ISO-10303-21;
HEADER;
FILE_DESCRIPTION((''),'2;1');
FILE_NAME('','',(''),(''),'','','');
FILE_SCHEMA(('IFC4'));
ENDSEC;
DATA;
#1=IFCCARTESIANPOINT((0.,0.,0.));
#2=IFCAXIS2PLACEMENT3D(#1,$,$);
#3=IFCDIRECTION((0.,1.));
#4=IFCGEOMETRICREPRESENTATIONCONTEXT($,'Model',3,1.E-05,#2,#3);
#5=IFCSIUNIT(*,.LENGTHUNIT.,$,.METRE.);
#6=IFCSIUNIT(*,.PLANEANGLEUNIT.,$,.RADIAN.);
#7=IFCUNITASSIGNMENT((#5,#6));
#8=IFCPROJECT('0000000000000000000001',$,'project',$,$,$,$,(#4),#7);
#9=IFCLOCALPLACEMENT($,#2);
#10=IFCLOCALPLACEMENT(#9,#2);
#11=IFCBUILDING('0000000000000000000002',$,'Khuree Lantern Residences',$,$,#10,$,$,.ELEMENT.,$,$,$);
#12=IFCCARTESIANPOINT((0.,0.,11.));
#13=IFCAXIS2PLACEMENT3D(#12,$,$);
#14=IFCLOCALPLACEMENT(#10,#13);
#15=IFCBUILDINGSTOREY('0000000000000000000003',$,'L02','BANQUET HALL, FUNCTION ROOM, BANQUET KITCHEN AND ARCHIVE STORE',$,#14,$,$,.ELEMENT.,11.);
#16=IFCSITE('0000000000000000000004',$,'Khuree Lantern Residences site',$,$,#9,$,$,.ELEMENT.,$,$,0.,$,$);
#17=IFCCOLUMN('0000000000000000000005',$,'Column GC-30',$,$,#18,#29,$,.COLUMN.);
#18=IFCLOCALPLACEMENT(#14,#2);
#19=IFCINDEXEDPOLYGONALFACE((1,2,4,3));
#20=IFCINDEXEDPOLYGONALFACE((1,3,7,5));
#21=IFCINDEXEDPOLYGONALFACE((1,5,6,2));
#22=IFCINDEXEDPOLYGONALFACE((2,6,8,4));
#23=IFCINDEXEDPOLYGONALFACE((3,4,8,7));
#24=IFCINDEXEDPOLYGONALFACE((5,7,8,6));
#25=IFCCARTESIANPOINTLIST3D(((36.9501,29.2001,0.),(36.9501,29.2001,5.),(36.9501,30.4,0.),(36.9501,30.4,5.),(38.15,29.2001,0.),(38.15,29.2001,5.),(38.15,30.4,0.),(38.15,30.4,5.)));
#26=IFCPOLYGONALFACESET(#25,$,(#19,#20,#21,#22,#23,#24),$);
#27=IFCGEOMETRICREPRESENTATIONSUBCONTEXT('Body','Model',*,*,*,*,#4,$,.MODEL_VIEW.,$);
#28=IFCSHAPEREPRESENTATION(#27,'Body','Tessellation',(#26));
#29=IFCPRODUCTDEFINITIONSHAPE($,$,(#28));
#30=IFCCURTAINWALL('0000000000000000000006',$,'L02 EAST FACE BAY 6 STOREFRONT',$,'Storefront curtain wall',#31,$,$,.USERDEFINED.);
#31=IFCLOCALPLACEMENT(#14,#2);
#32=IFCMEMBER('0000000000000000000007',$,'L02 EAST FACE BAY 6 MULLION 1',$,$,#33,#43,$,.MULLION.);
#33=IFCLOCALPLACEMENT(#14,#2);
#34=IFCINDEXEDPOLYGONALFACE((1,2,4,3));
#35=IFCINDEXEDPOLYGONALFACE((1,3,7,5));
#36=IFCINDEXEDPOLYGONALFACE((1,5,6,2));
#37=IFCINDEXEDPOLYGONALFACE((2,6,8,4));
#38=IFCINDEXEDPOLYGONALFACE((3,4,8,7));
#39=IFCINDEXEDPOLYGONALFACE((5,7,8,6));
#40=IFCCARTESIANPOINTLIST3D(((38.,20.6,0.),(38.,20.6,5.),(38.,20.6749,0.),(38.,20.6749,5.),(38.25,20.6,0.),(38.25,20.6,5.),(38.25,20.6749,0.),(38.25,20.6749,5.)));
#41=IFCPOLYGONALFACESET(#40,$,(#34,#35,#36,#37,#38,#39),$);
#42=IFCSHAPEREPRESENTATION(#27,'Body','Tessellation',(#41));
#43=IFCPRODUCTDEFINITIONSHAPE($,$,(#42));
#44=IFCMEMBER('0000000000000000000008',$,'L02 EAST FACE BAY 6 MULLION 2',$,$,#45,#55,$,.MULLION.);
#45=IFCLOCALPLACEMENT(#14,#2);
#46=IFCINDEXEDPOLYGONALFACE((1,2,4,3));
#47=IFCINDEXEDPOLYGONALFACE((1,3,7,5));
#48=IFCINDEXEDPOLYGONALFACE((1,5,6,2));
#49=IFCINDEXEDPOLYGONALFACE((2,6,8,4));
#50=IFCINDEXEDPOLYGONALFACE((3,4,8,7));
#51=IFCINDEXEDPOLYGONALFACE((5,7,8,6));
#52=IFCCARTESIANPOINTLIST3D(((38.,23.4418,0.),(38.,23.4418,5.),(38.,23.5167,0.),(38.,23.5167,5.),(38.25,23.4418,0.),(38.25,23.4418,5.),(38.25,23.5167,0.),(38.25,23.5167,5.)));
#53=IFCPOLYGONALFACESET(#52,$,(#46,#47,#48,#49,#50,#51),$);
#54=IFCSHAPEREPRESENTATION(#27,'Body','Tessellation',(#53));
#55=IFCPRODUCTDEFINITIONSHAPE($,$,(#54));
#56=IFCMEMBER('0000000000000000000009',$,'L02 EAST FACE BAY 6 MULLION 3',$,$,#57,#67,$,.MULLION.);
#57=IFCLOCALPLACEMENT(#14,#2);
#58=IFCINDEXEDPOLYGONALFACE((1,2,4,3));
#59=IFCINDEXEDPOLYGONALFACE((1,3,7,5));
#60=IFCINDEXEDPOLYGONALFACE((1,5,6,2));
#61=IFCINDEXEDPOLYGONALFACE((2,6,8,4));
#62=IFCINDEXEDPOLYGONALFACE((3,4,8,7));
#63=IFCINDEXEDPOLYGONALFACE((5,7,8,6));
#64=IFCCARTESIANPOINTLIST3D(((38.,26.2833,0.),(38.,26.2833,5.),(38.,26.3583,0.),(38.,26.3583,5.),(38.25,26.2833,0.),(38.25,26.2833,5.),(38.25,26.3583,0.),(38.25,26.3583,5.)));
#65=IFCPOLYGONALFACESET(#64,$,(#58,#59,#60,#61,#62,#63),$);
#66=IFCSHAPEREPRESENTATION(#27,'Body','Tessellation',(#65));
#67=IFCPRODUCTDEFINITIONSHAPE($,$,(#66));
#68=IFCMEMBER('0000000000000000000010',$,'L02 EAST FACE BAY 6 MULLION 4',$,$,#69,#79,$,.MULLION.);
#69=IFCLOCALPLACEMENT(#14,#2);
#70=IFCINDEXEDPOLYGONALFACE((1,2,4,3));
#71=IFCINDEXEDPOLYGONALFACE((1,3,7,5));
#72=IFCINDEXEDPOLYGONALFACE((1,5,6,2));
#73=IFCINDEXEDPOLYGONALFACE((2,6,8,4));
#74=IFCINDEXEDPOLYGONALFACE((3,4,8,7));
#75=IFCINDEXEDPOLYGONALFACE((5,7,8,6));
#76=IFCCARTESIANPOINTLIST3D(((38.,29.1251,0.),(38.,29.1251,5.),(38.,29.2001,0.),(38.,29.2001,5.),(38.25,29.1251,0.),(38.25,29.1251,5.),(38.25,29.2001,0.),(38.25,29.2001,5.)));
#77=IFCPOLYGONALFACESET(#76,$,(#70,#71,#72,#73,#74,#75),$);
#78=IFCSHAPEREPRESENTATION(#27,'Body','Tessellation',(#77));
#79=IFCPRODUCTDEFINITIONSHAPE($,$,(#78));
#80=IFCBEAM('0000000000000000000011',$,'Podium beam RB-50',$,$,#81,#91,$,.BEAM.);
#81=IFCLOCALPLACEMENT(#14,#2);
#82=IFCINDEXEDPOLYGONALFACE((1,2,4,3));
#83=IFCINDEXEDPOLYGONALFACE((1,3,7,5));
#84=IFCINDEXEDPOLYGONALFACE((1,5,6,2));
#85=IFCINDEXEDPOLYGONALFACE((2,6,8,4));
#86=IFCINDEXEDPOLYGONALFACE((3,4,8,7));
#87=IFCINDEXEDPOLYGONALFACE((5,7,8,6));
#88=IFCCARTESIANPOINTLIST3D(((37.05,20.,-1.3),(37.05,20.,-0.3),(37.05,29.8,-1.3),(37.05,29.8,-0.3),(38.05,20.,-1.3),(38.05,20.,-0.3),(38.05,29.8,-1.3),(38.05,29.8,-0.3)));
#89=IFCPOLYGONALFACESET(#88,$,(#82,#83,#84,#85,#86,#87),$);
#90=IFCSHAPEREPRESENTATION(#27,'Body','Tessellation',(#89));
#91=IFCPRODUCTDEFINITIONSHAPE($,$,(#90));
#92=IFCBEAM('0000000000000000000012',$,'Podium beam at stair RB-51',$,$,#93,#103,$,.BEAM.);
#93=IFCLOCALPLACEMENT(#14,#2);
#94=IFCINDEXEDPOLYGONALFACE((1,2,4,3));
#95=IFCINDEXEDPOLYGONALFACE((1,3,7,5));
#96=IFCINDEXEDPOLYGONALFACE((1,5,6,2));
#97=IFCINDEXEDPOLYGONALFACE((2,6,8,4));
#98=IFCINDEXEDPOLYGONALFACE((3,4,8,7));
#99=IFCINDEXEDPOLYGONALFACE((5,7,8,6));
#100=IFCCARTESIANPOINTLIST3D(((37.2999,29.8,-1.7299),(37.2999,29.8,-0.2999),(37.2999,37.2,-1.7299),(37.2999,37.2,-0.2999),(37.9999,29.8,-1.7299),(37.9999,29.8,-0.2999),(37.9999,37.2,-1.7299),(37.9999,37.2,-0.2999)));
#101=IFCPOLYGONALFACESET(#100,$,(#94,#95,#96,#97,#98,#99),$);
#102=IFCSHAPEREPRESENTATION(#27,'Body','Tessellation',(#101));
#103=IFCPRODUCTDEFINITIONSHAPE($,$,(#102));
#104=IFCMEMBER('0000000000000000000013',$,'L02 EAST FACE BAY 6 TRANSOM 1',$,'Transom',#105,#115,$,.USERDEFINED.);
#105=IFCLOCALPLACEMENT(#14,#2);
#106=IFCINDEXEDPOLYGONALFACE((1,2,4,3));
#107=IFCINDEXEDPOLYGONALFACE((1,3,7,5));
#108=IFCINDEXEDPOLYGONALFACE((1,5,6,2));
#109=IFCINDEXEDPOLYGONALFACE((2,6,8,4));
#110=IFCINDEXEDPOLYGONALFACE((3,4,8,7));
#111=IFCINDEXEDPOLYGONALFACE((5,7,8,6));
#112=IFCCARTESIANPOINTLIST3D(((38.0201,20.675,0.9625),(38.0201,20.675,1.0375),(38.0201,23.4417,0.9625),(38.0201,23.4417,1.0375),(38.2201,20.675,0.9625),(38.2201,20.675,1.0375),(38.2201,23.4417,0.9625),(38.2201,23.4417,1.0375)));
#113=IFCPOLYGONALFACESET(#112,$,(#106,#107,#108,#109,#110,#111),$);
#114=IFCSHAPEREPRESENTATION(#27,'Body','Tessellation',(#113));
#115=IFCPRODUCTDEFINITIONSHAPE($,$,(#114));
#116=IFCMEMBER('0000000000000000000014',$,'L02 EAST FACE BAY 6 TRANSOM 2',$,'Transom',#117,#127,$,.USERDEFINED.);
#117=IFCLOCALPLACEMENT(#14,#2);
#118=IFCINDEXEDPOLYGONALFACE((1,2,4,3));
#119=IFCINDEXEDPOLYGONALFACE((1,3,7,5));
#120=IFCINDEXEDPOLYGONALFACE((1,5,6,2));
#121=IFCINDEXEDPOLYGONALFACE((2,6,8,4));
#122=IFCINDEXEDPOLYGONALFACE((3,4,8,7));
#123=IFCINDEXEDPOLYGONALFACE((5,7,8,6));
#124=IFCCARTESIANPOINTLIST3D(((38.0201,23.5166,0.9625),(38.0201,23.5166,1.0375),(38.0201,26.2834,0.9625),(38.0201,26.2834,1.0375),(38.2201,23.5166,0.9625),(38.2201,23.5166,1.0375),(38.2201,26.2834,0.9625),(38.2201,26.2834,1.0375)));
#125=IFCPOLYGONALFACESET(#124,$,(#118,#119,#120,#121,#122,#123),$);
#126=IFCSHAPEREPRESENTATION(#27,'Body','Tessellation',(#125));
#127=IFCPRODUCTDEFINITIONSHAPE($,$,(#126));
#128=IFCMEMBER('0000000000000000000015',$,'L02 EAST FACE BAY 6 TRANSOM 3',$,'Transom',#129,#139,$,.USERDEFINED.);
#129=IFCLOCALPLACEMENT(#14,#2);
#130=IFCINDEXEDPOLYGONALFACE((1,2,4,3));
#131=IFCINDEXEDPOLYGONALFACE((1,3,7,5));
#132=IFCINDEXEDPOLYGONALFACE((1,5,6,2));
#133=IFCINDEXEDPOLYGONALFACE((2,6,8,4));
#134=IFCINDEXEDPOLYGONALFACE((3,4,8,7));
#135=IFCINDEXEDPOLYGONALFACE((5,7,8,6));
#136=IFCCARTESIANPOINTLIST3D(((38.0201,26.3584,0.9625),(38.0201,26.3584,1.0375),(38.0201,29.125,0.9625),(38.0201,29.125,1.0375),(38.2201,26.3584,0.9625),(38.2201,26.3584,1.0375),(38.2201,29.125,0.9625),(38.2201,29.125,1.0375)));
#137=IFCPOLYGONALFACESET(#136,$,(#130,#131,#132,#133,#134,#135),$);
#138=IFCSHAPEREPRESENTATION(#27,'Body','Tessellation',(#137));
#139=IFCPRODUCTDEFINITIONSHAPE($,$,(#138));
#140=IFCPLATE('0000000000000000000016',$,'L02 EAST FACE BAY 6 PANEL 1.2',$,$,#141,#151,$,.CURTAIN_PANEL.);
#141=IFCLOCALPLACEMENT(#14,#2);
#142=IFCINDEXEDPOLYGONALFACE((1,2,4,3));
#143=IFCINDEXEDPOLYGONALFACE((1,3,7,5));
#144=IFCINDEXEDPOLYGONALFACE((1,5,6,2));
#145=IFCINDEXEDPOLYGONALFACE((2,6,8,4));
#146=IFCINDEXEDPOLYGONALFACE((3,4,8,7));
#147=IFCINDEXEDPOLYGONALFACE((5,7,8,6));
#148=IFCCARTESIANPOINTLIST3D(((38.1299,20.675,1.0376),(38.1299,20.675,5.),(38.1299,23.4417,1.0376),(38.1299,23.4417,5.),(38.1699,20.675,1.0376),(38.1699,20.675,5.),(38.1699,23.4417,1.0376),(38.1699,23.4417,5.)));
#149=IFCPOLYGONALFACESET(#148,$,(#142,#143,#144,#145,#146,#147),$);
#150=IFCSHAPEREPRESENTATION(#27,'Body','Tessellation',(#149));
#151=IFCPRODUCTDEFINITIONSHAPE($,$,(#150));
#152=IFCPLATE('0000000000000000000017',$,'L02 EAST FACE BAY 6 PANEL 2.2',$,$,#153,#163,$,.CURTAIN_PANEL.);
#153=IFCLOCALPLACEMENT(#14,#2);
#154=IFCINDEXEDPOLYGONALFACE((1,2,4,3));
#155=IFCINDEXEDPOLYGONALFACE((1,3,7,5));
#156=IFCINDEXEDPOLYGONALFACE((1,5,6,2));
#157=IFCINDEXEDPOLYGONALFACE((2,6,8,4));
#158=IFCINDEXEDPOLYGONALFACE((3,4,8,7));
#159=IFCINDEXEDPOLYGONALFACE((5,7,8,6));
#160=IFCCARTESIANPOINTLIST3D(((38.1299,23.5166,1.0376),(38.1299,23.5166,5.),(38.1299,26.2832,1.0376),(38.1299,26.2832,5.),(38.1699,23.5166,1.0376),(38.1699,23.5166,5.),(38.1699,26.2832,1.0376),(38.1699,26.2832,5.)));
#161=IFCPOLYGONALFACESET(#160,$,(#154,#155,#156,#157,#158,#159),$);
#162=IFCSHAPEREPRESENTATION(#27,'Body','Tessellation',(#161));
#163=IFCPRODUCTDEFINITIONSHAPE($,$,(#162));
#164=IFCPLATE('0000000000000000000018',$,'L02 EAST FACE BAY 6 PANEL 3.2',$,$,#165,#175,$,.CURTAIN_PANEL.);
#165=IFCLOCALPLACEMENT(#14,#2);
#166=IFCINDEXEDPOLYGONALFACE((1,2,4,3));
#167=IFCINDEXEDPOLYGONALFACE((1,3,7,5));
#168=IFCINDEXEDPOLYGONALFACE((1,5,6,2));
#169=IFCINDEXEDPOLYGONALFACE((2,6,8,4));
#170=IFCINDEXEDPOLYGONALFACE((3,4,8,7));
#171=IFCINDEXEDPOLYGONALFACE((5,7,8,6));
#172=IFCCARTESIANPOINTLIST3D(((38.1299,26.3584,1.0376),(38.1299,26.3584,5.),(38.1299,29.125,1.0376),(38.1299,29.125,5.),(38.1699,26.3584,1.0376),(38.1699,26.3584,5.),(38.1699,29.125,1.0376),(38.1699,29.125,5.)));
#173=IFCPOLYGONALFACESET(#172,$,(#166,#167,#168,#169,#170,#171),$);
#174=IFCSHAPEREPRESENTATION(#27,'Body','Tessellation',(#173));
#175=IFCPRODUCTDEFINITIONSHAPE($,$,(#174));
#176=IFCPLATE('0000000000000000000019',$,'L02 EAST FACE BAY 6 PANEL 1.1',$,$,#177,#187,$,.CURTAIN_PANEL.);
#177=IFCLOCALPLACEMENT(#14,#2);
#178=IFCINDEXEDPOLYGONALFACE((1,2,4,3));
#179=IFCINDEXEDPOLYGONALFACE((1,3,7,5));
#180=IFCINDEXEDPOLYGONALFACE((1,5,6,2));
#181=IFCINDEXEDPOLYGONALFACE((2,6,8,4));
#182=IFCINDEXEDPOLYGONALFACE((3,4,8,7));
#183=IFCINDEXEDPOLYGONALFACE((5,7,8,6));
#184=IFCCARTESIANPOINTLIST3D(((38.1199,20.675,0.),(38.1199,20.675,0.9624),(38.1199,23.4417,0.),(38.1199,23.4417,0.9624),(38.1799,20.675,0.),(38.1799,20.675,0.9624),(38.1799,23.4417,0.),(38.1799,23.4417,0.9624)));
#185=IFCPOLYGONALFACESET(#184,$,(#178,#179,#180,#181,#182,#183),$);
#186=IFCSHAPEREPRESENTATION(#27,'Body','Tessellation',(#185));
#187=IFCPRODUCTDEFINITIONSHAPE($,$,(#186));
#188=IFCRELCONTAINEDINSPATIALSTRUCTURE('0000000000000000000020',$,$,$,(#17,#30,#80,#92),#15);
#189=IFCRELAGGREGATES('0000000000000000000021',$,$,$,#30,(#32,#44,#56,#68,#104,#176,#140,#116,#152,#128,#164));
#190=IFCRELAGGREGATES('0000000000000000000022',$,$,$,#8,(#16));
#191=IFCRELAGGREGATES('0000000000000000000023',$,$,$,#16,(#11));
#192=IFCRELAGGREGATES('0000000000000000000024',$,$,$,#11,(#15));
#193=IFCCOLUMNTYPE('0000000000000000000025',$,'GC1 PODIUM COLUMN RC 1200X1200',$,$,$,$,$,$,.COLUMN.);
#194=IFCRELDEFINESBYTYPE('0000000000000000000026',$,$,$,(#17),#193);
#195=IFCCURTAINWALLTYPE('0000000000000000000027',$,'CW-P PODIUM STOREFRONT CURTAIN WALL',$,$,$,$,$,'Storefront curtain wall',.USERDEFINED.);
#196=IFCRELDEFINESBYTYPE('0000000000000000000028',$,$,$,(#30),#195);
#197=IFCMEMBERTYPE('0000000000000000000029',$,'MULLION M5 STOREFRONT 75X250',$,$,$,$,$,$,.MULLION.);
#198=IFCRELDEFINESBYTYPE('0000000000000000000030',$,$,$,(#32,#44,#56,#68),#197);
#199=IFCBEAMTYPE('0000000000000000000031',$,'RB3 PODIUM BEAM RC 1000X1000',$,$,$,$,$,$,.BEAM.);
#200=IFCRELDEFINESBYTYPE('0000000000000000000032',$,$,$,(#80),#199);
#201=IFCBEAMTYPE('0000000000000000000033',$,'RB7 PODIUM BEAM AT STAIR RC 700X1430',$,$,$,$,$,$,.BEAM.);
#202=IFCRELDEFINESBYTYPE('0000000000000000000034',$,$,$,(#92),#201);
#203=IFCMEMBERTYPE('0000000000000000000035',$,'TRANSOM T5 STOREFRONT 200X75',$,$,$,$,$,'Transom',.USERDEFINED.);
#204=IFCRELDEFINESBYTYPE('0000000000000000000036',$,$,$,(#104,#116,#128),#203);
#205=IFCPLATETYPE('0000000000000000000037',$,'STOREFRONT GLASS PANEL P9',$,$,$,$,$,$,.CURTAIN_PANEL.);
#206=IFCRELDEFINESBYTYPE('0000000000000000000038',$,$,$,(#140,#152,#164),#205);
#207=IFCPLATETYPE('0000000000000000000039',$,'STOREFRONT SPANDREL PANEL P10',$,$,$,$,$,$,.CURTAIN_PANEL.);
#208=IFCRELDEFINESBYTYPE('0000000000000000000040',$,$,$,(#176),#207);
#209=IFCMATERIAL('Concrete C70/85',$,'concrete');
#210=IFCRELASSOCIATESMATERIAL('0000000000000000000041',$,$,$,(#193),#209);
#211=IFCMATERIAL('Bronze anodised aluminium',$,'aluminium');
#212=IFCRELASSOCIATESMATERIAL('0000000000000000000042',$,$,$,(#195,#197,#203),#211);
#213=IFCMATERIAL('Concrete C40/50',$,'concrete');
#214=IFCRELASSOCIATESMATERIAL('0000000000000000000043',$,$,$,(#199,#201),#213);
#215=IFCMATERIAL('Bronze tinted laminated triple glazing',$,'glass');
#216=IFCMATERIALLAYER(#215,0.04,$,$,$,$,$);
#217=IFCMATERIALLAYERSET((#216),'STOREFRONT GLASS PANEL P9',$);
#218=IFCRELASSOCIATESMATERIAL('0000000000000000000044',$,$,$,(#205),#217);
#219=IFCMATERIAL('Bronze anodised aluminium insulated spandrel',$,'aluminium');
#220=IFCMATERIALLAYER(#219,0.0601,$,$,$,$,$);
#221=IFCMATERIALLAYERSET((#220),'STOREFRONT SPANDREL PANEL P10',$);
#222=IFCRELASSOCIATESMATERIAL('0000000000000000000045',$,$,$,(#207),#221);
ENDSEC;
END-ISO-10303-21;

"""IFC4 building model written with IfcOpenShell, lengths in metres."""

from ifc_helpers import new_model, si_unit, direction, frame, origin, origin_2d, place, context, subcontext, project, spatial, rectangle, extrude, material, layer, layer_set, material_profile, profile_set, type_object, element, aggregate, save


model = new_model("IFC4")

# Units and contexts
model_context = context("Model", 3, precision=1e-05, world=origin(), true_north=direction((0.0, 1.0)))
body_context = subcontext(model_context, "Body", "Model", "MODEL_VIEW")
ifc_project = project(units=[si_unit("LENGTHUNIT", "METRE"), si_unit("PLANEANGLEUNIT", "RADIAN")], contexts=[model_context])

# Site, building, storey
site_placement = place(None, origin())
site = spatial("IfcSite", under=ifc_project, at=site_placement, Name="Khuree Lantern Residences site", CompositionType="ELEMENT", RefElevation=0.0)
building_placement = place(site_placement, origin())
building = spatial("IfcBuilding", under=site, at=building_placement, Name="Khuree Lantern Residences", CompositionType="ELEMENT")
storey_placement = place(building_placement, frame((0.0, 0.0, 11.0)))
storey = spatial("IfcBuildingStorey", under=building, at=storey_placement, Name="L02", Description="BANQUET HALL, FUNCTION ROOM, BANQUET KITCHEN AND ARCHIVE STORE", CompositionType="ELEMENT", Elevation=11.0)

# Column
ifc_material_1 = material(Name="Concrete C70/85", Category="concrete")
ifc_material_profile_1 = material_profile(ifc_material_1, rectangle(XDim=1.2, YDim=1.2, at=origin_2d()), Name="RC 1200X1200")
ifc_profile_set_1 = profile_set([ifc_material_profile_1], Name="Concrete C70/85")
column_type = type_object("IfcColumnType", Name="GC1 PODIUM COLUMN RC 1200X1200", PredefinedType="COLUMN", material=ifc_profile_set_1)
column_placement = place(storey_placement, frame((37.55, 29.8, 0.0), z_axis=(0.0, 0.0, 1.0), x_axis=(1.0, 0.0, 0.0)))
element("IfcColumn", 1, at=column_placement, inside=storey, type_object=column_type, Name="Column GC-30", PredefinedType="COLUMN", context=body_context, shape_type="SweptSolid", body=[
    extrude(rectangle(XDim=1.2, YDim=1.2, at=origin_2d()), origin(), (0.0, 0.0, 1.0), 5.0),
])

# Curtain wall, members
ifc_material_2 = material(Name="Bronze anodised aluminium", Category="aluminium")
curtain_wall_type = type_object("IfcCurtainWallType", Name="CW-P PODIUM STOREFRONT CURTAIN WALL", ElementType="Storefront curtain wall", PredefinedType="USERDEFINED", material=ifc_material_2)
curtain_wall_placement = place(storey_placement, origin())
curtain_wall = element("IfcCurtainWall", 2, at=curtain_wall_placement, inside=storey, type_object=curtain_wall_type, Name="L02 EAST FACE BAY 6 STOREFRONT", ObjectType="Storefront curtain wall", PredefinedType="USERDEFINED")
ifc_material_profile_2 = material_profile(ifc_material_2, rectangle(XDim=0.075, YDim=0.25, at=origin_2d()), Name="M5 75X250")
ifc_profile_set_2 = profile_set([ifc_material_profile_2], Name="Bronze anodised aluminium")
member_type_1 = type_object("IfcMemberType", Name="MULLION M5 STOREFRONT 75X250", PredefinedType="MULLION", material=ifc_profile_set_2)
member_1_placement = place(storey_placement, frame((38.125, 20.6375, 0.0), z_axis=(0.0, 0.0, 1.0), x_axis=(0.0, 1.0, 0.0)))
member_1 = element("IfcMember", 3, at=member_1_placement, type_object=member_type_1, Name="L02 EAST FACE BAY 6 MULLION 1", PredefinedType="MULLION", context=body_context, shape_type="SweptSolid", body=[
    extrude(rectangle(XDim=0.075, YDim=0.25, at=origin_2d()), origin(), (0.0, 0.0, 1.0), 5.0),
])
member_2_placement = place(storey_placement, frame((38.125, 23.4792, 0.0), z_axis=(0.0, 0.0, 1.0), x_axis=(0.0, 1.0, 0.0)))
member_2 = element("IfcMember", 4, at=member_2_placement, type_object=member_type_1, Name="L02 EAST FACE BAY 6 MULLION 2", PredefinedType="MULLION", context=body_context, shape_type="SweptSolid", body=[
    extrude(rectangle(XDim=0.075, YDim=0.25, at=origin_2d()), origin(), (0.0, 0.0, 1.0), 5.0),
])
member_3_placement = place(storey_placement, frame((38.125, 26.3208, 0.0), z_axis=(0.0, 0.0, 1.0), x_axis=(0.0, 1.0, 0.0)))
member_3 = element("IfcMember", 5, at=member_3_placement, type_object=member_type_1, Name="L02 EAST FACE BAY 6 MULLION 3", PredefinedType="MULLION", context=body_context, shape_type="SweptSolid", body=[
    extrude(rectangle(XDim=0.075, YDim=0.25, at=origin_2d()), origin(), (0.0, 0.0, 1.0), 5.0),
])
member_4_placement = place(storey_placement, frame((38.125, 29.1626, 0.0), z_axis=(0.0, 0.0, 1.0), x_axis=(0.0, 1.0, 0.0)))
member_4 = element("IfcMember", 6, at=member_4_placement, type_object=member_type_1, Name="L02 EAST FACE BAY 6 MULLION 4", PredefinedType="MULLION", context=body_context, shape_type="SweptSolid", body=[
    extrude(rectangle(XDim=0.075, YDim=0.25, at=origin_2d()), origin(), (0.0, 0.0, 1.0), 5.0),
])

# Beams
ifc_material_3 = material(Name="Concrete C40/50", Category="concrete")
ifc_material_profile_3 = material_profile(ifc_material_3, rectangle(XDim=1.0, YDim=1.0, at=origin_2d()), Name="RC 1000X1000")
ifc_profile_set_3 = profile_set([ifc_material_profile_3], Name="Concrete C40/50")
beam_type_1 = type_object("IfcBeamType", Name="RB3 PODIUM BEAM RC 1000X1000", PredefinedType="BEAM", material=ifc_profile_set_3)
beam_1_placement = place(storey_placement, frame((37.55, 20.0, -0.8), z_axis=(0.0, 1.0, 0.0), x_axis=(-1.0, 0.0, 0.0)))
element("IfcBeam", 7, at=beam_1_placement, inside=storey, type_object=beam_type_1, Name="Podium beam RB-50", PredefinedType="BEAM", context=body_context, shape_type="SweptSolid", body=[
    extrude(rectangle(XDim=1.0, YDim=1.0, at=origin_2d()), origin(), (0.0, 0.0, 1.0), 9.8),
])
ifc_material_profile_4 = material_profile(ifc_material_3, rectangle(XDim=0.7, YDim=1.4299, at=origin_2d()), Name="RC 700X1430")
ifc_profile_set_4 = profile_set([ifc_material_profile_4], Name="Concrete C40/50")
beam_type_2 = type_object("IfcBeamType", Name="RB7 PODIUM BEAM AT STAIR RC 700X1430", PredefinedType="BEAM", material=ifc_profile_set_4)
beam_2_placement = place(storey_placement, frame((37.6499, 29.8, -1.0149), z_axis=(0.0, 1.0, 0.0), x_axis=(-1.0, 0.0, 0.0)))
element("IfcBeam", 8, at=beam_2_placement, inside=storey, type_object=beam_type_2, Name="Podium beam at stair RB-51", PredefinedType="BEAM", context=body_context, shape_type="SweptSolid", body=[
    extrude(rectangle(XDim=0.7, YDim=1.4299, at=origin_2d()), origin(), (0.0, 0.0, 1.0), 7.3999),
])

# Members
ifc_material_profile_5 = material_profile(ifc_material_2, rectangle(XDim=0.2, YDim=0.075, at=origin_2d()), Name="T5 200X75")
ifc_profile_set_5 = profile_set([ifc_material_profile_5], Name="Bronze anodised aluminium")
member_type_2 = type_object("IfcMemberType", Name="TRANSOM T5 STOREFRONT 200X75", ElementType="Transom", PredefinedType="USERDEFINED", material=ifc_profile_set_5)
member_5_placement = place(storey_placement, frame((38.1201, 20.675, 1.0), z_axis=(0.0, 1.0, 0.0), x_axis=(-1.0, 0.0, 0.0)))
member_5 = element("IfcMember", 9, at=member_5_placement, type_object=member_type_2, Name="L02 EAST FACE BAY 6 TRANSOM 1", ObjectType="Transom", PredefinedType="USERDEFINED", context=body_context, shape_type="SweptSolid", body=[
    extrude(rectangle(XDim=0.2, YDim=0.075, at=origin_2d()), origin(), (0.0, 0.0, 1.0), 2.7666),
])
member_6_placement = place(storey_placement, frame((38.1201, 23.5166, 1.0), z_axis=(0.0, 1.0, 0.0), x_axis=(-1.0, 0.0, 0.0)))
member_6 = element("IfcMember", 10, at=member_6_placement, type_object=member_type_2, Name="L02 EAST FACE BAY 6 TRANSOM 2", ObjectType="Transom", PredefinedType="USERDEFINED", context=body_context, shape_type="SweptSolid", body=[
    extrude(rectangle(XDim=0.2, YDim=0.075, at=origin_2d()), origin(), (0.0, 0.0, 1.0), 2.7668),
])
member_7_placement = place(storey_placement, frame((38.1201, 26.3584, 1.0), z_axis=(0.0, 1.0, 0.0), x_axis=(-1.0, 0.0, 0.0)))
member_7 = element("IfcMember", 11, at=member_7_placement, type_object=member_type_2, Name="L02 EAST FACE BAY 6 TRANSOM 3", ObjectType="Transom", PredefinedType="USERDEFINED", context=body_context, shape_type="SweptSolid", body=[
    extrude(rectangle(XDim=0.2, YDim=0.075, at=origin_2d()), origin(), (0.0, 0.0, 1.0), 2.7666),
])

# Plates
ifc_material_4 = material(Name="Bronze tinted laminated triple glazing", Category="glass")
ifc_layer_1 = layer(ifc_material_4, 0.04)
ifc_layer_set_1 = layer_set([ifc_layer_1], Name="STOREFRONT GLASS PANEL P9")
plate_type_1 = type_object("IfcPlateType", Name="STOREFRONT GLASS PANEL P9", PredefinedType="CURTAIN_PANEL", material=ifc_layer_set_1)
plate_1_placement = place(storey_placement, frame((38.1499, 22.0583, 1.0376), z_axis=(0.0, 0.0, 1.0), x_axis=(0.0, 1.0, 0.0)))
plate_1 = element("IfcPlate", 12, at=plate_1_placement, type_object=plate_type_1, Name="L02 EAST FACE BAY 6 PANEL 1.2", PredefinedType="CURTAIN_PANEL", context=body_context, shape_type="SweptSolid", body=[
    extrude(rectangle(XDim=2.7666, YDim=0.04, at=origin_2d()), origin(), (0.0, 0.0, 1.0), 3.9624),
])
plate_2_placement = place(storey_placement, frame((38.1499, 24.8999, 1.0376), z_axis=(0.0, 0.0, 1.0), x_axis=(0.0, 1.0, 0.0)))
plate_2 = element("IfcPlate", 13, at=plate_2_placement, type_object=plate_type_1, Name="L02 EAST FACE BAY 6 PANEL 2.2", PredefinedType="CURTAIN_PANEL", context=body_context, shape_type="SweptSolid", body=[
    extrude(rectangle(XDim=2.7666, YDim=0.04, at=origin_2d()), origin(), (0.0, 0.0, 1.0), 3.9624),
])
plate_3_placement = place(storey_placement, frame((38.1499, 27.7417, 1.0376), z_axis=(0.0, 0.0, 1.0), x_axis=(0.0, 1.0, 0.0)))
plate_3 = element("IfcPlate", 14, at=plate_3_placement, type_object=plate_type_1, Name="L02 EAST FACE BAY 6 PANEL 3.2", PredefinedType="CURTAIN_PANEL", context=body_context, shape_type="SweptSolid", body=[
    extrude(rectangle(XDim=2.7666, YDim=0.04, at=origin_2d()), origin(), (0.0, 0.0, 1.0), 3.9624),
])
ifc_material_5 = material(Name="Bronze anodised aluminium insulated spandrel", Category="aluminium")
ifc_layer_2 = layer(ifc_material_5, 0.0601)
ifc_layer_set_2 = layer_set([ifc_layer_2], Name="STOREFRONT SPANDREL PANEL P10")
plate_type_2 = type_object("IfcPlateType", Name="STOREFRONT SPANDREL PANEL P10", PredefinedType="CURTAIN_PANEL", material=ifc_layer_set_2)
plate_4_placement = place(storey_placement, frame((38.1499, 22.0583, 0.0), z_axis=(0.0, 0.0, 1.0), x_axis=(0.0, 1.0, 0.0)))
plate_4 = element("IfcPlate", 15, at=plate_4_placement, type_object=plate_type_2, Name="L02 EAST FACE BAY 6 PANEL 1.1", PredefinedType="CURTAIN_PANEL", context=body_context, shape_type="SweptSolid", body=[
    extrude(rectangle(XDim=2.7666, YDim=0.0601, at=origin_2d()), origin(), (0.0, 0.0, 1.0), 0.9624),
])
aggregate(curtain_wall, [member_1, member_2, member_3, member_4, member_5, plate_4, plate_1, member_6, plate_2, member_7, plate_3])

save(model, "model.ifc")
